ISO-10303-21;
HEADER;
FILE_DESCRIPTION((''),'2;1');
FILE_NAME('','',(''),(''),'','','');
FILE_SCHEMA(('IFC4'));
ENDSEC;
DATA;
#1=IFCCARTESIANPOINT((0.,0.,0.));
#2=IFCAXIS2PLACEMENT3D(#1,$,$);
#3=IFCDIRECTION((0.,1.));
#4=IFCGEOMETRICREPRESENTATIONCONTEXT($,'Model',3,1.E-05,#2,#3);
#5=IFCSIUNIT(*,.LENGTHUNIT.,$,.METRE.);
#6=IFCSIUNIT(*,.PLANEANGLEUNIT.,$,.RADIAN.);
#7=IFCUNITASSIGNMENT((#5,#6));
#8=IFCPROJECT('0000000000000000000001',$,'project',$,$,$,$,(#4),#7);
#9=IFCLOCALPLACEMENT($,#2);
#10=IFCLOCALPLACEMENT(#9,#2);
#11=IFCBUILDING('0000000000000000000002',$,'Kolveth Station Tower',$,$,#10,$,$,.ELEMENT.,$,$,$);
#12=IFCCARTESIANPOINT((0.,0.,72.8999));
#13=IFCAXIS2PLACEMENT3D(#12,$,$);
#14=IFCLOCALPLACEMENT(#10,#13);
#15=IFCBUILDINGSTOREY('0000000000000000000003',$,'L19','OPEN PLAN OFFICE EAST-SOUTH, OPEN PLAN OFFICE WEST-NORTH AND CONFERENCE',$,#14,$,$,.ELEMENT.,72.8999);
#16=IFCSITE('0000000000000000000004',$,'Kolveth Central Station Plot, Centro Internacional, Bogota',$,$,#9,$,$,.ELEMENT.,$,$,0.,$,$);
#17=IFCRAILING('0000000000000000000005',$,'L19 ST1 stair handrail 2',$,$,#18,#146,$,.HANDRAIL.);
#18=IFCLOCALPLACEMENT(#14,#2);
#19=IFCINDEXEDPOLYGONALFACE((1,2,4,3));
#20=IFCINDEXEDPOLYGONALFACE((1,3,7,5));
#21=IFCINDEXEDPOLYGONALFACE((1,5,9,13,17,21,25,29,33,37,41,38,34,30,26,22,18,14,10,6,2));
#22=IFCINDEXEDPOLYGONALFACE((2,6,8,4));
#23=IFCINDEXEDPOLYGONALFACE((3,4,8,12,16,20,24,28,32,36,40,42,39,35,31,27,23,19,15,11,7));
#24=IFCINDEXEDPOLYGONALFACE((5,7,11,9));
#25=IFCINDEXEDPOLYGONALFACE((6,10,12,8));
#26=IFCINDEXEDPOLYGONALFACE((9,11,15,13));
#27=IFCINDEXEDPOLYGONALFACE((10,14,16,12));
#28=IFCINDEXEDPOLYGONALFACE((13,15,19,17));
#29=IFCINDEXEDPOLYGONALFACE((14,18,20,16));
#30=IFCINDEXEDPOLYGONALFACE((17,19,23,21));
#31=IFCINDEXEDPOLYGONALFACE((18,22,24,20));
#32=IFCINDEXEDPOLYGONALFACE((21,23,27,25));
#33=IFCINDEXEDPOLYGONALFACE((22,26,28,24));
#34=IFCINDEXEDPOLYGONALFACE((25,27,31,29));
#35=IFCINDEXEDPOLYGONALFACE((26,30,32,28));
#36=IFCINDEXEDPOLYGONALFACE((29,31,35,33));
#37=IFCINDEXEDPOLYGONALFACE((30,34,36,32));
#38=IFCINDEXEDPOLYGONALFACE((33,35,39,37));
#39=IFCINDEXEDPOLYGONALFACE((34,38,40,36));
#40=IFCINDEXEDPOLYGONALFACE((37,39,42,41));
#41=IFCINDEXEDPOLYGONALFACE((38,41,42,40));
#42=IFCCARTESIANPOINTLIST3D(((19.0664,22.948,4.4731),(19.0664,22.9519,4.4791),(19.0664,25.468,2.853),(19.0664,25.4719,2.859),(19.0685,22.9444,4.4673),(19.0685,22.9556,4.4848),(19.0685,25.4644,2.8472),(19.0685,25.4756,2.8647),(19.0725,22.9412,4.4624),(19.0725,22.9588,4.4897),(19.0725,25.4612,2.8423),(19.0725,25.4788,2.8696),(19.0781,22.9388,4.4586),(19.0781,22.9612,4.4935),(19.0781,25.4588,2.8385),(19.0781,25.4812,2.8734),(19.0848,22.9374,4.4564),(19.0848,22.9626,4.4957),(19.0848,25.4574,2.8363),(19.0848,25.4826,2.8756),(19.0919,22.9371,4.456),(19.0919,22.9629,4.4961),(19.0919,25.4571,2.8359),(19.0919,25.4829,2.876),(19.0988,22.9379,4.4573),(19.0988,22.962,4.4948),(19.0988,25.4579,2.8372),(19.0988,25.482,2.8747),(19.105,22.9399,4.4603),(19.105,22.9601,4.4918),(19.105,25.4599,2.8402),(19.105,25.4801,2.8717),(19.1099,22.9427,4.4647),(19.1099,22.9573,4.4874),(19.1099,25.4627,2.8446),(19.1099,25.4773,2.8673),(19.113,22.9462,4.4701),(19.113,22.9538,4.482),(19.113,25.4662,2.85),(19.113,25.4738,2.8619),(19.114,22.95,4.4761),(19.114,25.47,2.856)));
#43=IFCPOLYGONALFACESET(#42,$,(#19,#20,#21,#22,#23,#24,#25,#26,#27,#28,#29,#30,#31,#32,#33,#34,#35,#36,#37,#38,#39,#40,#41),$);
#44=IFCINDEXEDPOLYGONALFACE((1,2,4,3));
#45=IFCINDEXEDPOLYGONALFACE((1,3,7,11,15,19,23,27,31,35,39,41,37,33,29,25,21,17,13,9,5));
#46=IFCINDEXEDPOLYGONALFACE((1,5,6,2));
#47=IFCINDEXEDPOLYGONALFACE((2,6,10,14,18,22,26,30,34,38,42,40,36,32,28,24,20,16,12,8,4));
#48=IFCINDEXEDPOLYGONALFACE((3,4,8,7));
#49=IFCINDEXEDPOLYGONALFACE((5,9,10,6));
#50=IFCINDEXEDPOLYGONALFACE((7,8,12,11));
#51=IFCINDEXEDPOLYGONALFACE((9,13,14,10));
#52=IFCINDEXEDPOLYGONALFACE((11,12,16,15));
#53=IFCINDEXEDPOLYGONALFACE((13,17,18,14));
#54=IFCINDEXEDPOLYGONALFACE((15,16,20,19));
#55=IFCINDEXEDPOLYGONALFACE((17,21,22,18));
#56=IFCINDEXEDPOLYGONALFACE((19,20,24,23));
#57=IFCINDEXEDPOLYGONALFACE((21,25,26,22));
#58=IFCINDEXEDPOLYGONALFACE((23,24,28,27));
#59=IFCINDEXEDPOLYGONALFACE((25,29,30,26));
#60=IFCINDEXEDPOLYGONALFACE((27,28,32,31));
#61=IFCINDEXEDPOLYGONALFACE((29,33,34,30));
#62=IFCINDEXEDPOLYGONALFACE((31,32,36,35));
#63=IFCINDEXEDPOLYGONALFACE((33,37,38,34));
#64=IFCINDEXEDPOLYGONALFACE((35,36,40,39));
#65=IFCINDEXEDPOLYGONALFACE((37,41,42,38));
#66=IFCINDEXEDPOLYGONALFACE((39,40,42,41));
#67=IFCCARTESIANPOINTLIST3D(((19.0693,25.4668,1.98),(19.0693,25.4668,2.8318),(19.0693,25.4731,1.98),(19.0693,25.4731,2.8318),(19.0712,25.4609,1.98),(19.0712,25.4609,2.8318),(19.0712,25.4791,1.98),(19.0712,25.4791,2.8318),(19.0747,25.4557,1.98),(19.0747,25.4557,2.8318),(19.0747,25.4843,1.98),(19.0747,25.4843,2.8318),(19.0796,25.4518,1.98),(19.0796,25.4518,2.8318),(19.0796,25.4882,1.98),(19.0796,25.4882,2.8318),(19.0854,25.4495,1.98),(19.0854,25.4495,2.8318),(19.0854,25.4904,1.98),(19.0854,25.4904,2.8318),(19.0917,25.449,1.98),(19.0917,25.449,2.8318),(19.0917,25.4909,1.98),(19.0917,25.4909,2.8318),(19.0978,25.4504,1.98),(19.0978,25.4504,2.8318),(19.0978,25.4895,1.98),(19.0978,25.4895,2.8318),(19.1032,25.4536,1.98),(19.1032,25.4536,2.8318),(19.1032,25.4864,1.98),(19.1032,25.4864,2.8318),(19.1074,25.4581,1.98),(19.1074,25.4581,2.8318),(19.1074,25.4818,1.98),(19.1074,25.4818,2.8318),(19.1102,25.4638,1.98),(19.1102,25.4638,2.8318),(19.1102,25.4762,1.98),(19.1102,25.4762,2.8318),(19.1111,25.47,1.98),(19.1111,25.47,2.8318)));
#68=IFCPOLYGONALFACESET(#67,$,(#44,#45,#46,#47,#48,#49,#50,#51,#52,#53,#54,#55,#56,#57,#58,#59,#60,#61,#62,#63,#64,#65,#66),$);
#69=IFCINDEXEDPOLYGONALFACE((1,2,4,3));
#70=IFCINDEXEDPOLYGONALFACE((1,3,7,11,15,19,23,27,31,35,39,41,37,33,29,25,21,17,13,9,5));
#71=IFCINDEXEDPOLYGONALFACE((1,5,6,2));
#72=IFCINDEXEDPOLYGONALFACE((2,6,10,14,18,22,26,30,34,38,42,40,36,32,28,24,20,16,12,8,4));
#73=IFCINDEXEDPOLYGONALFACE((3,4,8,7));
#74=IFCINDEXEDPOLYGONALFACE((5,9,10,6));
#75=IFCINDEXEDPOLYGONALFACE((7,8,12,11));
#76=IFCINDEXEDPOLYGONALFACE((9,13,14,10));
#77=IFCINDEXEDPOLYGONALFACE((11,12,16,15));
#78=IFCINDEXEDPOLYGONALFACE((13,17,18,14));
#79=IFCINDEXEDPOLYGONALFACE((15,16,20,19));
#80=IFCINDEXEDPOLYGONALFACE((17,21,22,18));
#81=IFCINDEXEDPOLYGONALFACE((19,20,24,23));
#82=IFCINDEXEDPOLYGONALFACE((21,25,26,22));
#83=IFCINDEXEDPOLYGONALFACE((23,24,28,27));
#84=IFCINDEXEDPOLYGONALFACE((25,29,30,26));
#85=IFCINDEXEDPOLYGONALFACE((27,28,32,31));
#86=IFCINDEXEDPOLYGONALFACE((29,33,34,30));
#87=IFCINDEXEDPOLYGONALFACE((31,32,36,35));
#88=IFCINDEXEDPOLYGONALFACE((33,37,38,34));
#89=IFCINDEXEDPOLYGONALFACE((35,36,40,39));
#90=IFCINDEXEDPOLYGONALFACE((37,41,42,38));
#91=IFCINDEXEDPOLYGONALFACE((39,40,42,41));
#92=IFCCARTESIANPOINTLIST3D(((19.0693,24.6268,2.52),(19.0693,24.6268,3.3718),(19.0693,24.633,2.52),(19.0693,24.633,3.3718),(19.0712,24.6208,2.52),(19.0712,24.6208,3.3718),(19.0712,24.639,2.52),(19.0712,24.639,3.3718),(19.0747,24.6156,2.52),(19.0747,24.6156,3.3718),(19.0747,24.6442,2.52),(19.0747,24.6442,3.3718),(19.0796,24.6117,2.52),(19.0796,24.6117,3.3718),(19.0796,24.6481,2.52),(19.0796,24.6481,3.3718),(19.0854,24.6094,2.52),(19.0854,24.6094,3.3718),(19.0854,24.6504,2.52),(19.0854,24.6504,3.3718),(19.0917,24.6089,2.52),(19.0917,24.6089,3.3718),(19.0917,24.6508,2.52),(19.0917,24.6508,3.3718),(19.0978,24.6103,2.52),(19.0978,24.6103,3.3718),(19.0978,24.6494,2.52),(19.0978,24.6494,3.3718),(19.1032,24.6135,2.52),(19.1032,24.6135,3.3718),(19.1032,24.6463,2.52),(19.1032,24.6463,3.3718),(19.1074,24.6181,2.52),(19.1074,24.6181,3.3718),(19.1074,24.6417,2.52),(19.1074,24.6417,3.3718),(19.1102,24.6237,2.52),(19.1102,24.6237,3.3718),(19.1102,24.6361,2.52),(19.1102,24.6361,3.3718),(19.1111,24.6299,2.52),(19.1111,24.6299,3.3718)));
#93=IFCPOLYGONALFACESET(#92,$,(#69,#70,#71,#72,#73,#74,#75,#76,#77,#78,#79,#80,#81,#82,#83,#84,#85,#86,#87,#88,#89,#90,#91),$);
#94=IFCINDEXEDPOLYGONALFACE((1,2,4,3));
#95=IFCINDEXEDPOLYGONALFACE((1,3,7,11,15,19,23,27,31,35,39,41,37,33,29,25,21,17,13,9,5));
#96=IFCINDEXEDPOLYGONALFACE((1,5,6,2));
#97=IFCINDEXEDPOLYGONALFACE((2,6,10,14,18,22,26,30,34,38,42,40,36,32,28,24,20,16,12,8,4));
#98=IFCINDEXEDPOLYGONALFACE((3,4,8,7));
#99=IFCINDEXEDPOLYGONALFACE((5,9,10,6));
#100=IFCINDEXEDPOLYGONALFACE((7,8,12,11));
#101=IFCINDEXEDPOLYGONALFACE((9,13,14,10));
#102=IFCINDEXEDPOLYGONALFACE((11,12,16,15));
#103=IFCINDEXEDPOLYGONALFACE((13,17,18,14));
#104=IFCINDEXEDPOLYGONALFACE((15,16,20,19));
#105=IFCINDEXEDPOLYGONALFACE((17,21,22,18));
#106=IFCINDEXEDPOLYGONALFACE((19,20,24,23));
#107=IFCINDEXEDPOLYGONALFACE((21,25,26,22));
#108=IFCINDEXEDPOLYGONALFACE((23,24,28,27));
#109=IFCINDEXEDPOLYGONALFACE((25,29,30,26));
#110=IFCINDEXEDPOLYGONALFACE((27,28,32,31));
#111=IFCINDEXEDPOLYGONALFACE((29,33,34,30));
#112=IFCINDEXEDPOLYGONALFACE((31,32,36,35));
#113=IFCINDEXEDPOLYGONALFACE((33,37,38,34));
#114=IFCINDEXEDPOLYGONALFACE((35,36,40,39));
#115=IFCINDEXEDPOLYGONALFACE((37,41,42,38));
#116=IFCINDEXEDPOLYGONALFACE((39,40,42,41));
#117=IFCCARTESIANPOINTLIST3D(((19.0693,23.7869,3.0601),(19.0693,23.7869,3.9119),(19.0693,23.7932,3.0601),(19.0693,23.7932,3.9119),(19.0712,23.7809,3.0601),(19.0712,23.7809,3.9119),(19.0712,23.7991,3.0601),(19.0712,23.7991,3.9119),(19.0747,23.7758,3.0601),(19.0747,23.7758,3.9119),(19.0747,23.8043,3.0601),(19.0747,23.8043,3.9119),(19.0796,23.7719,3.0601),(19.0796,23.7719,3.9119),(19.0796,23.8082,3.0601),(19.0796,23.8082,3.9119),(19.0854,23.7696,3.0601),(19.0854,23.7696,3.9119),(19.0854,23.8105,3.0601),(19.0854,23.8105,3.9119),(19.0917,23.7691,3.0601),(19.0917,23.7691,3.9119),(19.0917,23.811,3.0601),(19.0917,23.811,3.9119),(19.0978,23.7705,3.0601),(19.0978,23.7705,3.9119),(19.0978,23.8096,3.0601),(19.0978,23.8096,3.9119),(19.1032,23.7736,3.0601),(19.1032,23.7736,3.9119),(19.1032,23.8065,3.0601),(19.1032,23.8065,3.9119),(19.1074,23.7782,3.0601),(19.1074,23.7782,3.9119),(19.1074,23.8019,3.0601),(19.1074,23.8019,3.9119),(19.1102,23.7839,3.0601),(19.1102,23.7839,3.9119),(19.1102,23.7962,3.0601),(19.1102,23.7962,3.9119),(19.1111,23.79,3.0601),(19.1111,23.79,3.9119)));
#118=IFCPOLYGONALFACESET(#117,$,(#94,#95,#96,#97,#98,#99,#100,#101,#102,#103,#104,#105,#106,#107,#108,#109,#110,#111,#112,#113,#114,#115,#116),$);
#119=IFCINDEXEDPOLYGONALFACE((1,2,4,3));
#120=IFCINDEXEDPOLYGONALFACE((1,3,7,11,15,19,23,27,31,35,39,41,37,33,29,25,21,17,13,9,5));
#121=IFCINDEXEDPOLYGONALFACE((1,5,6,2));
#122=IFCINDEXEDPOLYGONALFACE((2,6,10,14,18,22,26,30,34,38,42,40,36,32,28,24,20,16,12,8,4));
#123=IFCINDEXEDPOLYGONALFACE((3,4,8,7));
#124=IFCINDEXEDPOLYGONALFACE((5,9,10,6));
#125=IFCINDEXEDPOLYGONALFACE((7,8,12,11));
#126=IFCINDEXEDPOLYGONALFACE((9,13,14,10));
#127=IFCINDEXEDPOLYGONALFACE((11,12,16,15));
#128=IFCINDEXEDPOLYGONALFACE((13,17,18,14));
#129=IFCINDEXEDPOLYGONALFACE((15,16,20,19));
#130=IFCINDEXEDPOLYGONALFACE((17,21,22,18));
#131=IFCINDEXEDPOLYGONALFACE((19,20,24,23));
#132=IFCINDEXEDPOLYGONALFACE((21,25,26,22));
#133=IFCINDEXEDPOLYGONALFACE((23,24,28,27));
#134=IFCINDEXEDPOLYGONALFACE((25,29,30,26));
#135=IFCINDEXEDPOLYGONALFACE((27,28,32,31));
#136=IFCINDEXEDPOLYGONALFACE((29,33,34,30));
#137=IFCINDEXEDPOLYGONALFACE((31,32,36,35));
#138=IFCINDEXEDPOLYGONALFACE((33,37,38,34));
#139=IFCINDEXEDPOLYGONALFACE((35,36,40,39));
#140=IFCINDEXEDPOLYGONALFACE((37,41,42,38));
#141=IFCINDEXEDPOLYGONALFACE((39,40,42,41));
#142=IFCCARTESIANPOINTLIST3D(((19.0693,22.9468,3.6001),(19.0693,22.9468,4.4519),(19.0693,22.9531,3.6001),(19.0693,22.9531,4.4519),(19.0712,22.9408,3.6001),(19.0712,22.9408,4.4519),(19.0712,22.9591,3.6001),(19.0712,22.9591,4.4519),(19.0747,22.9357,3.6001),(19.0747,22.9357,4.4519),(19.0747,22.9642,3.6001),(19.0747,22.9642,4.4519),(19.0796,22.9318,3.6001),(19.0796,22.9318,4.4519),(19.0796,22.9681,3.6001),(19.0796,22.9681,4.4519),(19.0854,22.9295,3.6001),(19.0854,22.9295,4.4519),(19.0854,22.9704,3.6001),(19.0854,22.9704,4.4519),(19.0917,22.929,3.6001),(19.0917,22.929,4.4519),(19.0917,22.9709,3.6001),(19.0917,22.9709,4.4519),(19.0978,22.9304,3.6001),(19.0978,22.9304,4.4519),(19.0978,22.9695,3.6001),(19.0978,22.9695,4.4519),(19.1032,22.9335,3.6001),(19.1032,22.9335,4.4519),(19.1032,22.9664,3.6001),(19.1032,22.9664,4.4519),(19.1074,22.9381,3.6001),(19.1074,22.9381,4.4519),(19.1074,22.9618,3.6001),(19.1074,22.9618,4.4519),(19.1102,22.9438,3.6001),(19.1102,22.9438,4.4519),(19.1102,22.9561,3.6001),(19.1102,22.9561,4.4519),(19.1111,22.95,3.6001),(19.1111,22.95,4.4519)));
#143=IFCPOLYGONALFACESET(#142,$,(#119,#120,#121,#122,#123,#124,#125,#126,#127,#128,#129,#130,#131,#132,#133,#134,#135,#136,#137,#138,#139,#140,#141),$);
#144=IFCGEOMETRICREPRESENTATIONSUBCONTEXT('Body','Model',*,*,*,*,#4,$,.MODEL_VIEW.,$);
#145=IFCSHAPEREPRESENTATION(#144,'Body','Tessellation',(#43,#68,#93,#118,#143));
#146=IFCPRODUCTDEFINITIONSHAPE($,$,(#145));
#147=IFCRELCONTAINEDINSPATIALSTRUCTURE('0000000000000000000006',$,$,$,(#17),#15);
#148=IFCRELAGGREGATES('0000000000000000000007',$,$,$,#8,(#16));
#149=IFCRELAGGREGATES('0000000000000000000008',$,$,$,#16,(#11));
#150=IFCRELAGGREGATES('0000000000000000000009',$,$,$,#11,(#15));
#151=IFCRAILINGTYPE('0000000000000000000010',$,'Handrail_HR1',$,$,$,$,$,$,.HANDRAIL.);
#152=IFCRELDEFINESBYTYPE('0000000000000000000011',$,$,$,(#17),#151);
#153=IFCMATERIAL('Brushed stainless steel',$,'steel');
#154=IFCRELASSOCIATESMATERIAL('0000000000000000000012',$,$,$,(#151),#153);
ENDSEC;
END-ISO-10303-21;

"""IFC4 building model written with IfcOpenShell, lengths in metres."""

from ifc_helpers import new_model, si_unit, direction, frame, origin, origin_2d, place, context, subcontext, project, spatial, circle, extrude, material, type_object, element, save


model = new_model("IFC4")

# Units and contexts
model_context = context("Model", 3, precision=1e-05, world=origin(), true_north=direction((0.0, 1.0)))
body_context = subcontext(model_context, "Body", "Model", "MODEL_VIEW")
ifc_project = project(units=[si_unit("LENGTHUNIT", "METRE"), si_unit("PLANEANGLEUNIT", "RADIAN")], contexts=[model_context])

# Site, building, storey
site_placement = place(None, origin())
site = spatial("IfcSite", under=ifc_project, at=site_placement, Name="Kolveth Central Station Plot, Centro Internacional, Bogota", CompositionType="ELEMENT", RefElevation=0.0)
building_placement = place(site_placement, origin())
building = spatial("IfcBuilding", under=site, at=building_placement, Name="Kolveth Station Tower", CompositionType="ELEMENT")
storey_placement = place(building_placement, frame((0.0, 0.0, 72.8999)))
storey = spatial("IfcBuildingStorey", under=building, at=storey_placement, Name="L19", Description="OPEN PLAN OFFICE EAST-SOUTH, OPEN PLAN OFFICE WEST-NORTH AND CONFERENCE", CompositionType="ELEMENT", Elevation=72.8999)

# Railing
ifc_material_1 = material(Name="Brushed stainless steel", Category="steel")
railing_type_1 = type_object("IfcRailingType", Name="Handrail_HR1", PredefinedType="HANDRAIL", material=ifc_material_1)
railing_1_placement = place(storey_placement, frame((19.0901, 25.47, 1.98)))
element("IfcRailing", 1, at=railing_1_placement, inside=storey, type_object=railing_type_1, Name="L19 ST1 stair handrail 2", PredefinedType="HANDRAIL", context=body_context, shape_type="SweptSolid", body=[
    extrude(circle(Radius=0.0239, at=origin_2d()), frame((0.0, 0.0, 0.876), z_axis=(0.0, -0.841163, 0.540782), x_axis=(1.0, 0.0, 0.0)), (0.0, 0.0, 1.0), 2.9958),
    extrude(circle(Radius=0.021, at=origin_2d()), origin(), (0.0, 0.0, 1.0), 0.8518),
    extrude(circle(Radius=0.021, at=origin_2d()), frame((0.0, -0.8401, 0.54)), (0.0, 0.0, 1.0), 0.8518),
    extrude(circle(Radius=0.021, at=origin_2d()), frame((0.0, -1.6799, 1.0801)), (0.0, 0.0, 1.0), 0.8518),
    extrude(circle(Radius=0.021, at=origin_2d()), frame((0.0, -2.52, 1.6201)), (0.0, 0.0, 1.0), 0.8518),
])

save(model, "model.ifc")
